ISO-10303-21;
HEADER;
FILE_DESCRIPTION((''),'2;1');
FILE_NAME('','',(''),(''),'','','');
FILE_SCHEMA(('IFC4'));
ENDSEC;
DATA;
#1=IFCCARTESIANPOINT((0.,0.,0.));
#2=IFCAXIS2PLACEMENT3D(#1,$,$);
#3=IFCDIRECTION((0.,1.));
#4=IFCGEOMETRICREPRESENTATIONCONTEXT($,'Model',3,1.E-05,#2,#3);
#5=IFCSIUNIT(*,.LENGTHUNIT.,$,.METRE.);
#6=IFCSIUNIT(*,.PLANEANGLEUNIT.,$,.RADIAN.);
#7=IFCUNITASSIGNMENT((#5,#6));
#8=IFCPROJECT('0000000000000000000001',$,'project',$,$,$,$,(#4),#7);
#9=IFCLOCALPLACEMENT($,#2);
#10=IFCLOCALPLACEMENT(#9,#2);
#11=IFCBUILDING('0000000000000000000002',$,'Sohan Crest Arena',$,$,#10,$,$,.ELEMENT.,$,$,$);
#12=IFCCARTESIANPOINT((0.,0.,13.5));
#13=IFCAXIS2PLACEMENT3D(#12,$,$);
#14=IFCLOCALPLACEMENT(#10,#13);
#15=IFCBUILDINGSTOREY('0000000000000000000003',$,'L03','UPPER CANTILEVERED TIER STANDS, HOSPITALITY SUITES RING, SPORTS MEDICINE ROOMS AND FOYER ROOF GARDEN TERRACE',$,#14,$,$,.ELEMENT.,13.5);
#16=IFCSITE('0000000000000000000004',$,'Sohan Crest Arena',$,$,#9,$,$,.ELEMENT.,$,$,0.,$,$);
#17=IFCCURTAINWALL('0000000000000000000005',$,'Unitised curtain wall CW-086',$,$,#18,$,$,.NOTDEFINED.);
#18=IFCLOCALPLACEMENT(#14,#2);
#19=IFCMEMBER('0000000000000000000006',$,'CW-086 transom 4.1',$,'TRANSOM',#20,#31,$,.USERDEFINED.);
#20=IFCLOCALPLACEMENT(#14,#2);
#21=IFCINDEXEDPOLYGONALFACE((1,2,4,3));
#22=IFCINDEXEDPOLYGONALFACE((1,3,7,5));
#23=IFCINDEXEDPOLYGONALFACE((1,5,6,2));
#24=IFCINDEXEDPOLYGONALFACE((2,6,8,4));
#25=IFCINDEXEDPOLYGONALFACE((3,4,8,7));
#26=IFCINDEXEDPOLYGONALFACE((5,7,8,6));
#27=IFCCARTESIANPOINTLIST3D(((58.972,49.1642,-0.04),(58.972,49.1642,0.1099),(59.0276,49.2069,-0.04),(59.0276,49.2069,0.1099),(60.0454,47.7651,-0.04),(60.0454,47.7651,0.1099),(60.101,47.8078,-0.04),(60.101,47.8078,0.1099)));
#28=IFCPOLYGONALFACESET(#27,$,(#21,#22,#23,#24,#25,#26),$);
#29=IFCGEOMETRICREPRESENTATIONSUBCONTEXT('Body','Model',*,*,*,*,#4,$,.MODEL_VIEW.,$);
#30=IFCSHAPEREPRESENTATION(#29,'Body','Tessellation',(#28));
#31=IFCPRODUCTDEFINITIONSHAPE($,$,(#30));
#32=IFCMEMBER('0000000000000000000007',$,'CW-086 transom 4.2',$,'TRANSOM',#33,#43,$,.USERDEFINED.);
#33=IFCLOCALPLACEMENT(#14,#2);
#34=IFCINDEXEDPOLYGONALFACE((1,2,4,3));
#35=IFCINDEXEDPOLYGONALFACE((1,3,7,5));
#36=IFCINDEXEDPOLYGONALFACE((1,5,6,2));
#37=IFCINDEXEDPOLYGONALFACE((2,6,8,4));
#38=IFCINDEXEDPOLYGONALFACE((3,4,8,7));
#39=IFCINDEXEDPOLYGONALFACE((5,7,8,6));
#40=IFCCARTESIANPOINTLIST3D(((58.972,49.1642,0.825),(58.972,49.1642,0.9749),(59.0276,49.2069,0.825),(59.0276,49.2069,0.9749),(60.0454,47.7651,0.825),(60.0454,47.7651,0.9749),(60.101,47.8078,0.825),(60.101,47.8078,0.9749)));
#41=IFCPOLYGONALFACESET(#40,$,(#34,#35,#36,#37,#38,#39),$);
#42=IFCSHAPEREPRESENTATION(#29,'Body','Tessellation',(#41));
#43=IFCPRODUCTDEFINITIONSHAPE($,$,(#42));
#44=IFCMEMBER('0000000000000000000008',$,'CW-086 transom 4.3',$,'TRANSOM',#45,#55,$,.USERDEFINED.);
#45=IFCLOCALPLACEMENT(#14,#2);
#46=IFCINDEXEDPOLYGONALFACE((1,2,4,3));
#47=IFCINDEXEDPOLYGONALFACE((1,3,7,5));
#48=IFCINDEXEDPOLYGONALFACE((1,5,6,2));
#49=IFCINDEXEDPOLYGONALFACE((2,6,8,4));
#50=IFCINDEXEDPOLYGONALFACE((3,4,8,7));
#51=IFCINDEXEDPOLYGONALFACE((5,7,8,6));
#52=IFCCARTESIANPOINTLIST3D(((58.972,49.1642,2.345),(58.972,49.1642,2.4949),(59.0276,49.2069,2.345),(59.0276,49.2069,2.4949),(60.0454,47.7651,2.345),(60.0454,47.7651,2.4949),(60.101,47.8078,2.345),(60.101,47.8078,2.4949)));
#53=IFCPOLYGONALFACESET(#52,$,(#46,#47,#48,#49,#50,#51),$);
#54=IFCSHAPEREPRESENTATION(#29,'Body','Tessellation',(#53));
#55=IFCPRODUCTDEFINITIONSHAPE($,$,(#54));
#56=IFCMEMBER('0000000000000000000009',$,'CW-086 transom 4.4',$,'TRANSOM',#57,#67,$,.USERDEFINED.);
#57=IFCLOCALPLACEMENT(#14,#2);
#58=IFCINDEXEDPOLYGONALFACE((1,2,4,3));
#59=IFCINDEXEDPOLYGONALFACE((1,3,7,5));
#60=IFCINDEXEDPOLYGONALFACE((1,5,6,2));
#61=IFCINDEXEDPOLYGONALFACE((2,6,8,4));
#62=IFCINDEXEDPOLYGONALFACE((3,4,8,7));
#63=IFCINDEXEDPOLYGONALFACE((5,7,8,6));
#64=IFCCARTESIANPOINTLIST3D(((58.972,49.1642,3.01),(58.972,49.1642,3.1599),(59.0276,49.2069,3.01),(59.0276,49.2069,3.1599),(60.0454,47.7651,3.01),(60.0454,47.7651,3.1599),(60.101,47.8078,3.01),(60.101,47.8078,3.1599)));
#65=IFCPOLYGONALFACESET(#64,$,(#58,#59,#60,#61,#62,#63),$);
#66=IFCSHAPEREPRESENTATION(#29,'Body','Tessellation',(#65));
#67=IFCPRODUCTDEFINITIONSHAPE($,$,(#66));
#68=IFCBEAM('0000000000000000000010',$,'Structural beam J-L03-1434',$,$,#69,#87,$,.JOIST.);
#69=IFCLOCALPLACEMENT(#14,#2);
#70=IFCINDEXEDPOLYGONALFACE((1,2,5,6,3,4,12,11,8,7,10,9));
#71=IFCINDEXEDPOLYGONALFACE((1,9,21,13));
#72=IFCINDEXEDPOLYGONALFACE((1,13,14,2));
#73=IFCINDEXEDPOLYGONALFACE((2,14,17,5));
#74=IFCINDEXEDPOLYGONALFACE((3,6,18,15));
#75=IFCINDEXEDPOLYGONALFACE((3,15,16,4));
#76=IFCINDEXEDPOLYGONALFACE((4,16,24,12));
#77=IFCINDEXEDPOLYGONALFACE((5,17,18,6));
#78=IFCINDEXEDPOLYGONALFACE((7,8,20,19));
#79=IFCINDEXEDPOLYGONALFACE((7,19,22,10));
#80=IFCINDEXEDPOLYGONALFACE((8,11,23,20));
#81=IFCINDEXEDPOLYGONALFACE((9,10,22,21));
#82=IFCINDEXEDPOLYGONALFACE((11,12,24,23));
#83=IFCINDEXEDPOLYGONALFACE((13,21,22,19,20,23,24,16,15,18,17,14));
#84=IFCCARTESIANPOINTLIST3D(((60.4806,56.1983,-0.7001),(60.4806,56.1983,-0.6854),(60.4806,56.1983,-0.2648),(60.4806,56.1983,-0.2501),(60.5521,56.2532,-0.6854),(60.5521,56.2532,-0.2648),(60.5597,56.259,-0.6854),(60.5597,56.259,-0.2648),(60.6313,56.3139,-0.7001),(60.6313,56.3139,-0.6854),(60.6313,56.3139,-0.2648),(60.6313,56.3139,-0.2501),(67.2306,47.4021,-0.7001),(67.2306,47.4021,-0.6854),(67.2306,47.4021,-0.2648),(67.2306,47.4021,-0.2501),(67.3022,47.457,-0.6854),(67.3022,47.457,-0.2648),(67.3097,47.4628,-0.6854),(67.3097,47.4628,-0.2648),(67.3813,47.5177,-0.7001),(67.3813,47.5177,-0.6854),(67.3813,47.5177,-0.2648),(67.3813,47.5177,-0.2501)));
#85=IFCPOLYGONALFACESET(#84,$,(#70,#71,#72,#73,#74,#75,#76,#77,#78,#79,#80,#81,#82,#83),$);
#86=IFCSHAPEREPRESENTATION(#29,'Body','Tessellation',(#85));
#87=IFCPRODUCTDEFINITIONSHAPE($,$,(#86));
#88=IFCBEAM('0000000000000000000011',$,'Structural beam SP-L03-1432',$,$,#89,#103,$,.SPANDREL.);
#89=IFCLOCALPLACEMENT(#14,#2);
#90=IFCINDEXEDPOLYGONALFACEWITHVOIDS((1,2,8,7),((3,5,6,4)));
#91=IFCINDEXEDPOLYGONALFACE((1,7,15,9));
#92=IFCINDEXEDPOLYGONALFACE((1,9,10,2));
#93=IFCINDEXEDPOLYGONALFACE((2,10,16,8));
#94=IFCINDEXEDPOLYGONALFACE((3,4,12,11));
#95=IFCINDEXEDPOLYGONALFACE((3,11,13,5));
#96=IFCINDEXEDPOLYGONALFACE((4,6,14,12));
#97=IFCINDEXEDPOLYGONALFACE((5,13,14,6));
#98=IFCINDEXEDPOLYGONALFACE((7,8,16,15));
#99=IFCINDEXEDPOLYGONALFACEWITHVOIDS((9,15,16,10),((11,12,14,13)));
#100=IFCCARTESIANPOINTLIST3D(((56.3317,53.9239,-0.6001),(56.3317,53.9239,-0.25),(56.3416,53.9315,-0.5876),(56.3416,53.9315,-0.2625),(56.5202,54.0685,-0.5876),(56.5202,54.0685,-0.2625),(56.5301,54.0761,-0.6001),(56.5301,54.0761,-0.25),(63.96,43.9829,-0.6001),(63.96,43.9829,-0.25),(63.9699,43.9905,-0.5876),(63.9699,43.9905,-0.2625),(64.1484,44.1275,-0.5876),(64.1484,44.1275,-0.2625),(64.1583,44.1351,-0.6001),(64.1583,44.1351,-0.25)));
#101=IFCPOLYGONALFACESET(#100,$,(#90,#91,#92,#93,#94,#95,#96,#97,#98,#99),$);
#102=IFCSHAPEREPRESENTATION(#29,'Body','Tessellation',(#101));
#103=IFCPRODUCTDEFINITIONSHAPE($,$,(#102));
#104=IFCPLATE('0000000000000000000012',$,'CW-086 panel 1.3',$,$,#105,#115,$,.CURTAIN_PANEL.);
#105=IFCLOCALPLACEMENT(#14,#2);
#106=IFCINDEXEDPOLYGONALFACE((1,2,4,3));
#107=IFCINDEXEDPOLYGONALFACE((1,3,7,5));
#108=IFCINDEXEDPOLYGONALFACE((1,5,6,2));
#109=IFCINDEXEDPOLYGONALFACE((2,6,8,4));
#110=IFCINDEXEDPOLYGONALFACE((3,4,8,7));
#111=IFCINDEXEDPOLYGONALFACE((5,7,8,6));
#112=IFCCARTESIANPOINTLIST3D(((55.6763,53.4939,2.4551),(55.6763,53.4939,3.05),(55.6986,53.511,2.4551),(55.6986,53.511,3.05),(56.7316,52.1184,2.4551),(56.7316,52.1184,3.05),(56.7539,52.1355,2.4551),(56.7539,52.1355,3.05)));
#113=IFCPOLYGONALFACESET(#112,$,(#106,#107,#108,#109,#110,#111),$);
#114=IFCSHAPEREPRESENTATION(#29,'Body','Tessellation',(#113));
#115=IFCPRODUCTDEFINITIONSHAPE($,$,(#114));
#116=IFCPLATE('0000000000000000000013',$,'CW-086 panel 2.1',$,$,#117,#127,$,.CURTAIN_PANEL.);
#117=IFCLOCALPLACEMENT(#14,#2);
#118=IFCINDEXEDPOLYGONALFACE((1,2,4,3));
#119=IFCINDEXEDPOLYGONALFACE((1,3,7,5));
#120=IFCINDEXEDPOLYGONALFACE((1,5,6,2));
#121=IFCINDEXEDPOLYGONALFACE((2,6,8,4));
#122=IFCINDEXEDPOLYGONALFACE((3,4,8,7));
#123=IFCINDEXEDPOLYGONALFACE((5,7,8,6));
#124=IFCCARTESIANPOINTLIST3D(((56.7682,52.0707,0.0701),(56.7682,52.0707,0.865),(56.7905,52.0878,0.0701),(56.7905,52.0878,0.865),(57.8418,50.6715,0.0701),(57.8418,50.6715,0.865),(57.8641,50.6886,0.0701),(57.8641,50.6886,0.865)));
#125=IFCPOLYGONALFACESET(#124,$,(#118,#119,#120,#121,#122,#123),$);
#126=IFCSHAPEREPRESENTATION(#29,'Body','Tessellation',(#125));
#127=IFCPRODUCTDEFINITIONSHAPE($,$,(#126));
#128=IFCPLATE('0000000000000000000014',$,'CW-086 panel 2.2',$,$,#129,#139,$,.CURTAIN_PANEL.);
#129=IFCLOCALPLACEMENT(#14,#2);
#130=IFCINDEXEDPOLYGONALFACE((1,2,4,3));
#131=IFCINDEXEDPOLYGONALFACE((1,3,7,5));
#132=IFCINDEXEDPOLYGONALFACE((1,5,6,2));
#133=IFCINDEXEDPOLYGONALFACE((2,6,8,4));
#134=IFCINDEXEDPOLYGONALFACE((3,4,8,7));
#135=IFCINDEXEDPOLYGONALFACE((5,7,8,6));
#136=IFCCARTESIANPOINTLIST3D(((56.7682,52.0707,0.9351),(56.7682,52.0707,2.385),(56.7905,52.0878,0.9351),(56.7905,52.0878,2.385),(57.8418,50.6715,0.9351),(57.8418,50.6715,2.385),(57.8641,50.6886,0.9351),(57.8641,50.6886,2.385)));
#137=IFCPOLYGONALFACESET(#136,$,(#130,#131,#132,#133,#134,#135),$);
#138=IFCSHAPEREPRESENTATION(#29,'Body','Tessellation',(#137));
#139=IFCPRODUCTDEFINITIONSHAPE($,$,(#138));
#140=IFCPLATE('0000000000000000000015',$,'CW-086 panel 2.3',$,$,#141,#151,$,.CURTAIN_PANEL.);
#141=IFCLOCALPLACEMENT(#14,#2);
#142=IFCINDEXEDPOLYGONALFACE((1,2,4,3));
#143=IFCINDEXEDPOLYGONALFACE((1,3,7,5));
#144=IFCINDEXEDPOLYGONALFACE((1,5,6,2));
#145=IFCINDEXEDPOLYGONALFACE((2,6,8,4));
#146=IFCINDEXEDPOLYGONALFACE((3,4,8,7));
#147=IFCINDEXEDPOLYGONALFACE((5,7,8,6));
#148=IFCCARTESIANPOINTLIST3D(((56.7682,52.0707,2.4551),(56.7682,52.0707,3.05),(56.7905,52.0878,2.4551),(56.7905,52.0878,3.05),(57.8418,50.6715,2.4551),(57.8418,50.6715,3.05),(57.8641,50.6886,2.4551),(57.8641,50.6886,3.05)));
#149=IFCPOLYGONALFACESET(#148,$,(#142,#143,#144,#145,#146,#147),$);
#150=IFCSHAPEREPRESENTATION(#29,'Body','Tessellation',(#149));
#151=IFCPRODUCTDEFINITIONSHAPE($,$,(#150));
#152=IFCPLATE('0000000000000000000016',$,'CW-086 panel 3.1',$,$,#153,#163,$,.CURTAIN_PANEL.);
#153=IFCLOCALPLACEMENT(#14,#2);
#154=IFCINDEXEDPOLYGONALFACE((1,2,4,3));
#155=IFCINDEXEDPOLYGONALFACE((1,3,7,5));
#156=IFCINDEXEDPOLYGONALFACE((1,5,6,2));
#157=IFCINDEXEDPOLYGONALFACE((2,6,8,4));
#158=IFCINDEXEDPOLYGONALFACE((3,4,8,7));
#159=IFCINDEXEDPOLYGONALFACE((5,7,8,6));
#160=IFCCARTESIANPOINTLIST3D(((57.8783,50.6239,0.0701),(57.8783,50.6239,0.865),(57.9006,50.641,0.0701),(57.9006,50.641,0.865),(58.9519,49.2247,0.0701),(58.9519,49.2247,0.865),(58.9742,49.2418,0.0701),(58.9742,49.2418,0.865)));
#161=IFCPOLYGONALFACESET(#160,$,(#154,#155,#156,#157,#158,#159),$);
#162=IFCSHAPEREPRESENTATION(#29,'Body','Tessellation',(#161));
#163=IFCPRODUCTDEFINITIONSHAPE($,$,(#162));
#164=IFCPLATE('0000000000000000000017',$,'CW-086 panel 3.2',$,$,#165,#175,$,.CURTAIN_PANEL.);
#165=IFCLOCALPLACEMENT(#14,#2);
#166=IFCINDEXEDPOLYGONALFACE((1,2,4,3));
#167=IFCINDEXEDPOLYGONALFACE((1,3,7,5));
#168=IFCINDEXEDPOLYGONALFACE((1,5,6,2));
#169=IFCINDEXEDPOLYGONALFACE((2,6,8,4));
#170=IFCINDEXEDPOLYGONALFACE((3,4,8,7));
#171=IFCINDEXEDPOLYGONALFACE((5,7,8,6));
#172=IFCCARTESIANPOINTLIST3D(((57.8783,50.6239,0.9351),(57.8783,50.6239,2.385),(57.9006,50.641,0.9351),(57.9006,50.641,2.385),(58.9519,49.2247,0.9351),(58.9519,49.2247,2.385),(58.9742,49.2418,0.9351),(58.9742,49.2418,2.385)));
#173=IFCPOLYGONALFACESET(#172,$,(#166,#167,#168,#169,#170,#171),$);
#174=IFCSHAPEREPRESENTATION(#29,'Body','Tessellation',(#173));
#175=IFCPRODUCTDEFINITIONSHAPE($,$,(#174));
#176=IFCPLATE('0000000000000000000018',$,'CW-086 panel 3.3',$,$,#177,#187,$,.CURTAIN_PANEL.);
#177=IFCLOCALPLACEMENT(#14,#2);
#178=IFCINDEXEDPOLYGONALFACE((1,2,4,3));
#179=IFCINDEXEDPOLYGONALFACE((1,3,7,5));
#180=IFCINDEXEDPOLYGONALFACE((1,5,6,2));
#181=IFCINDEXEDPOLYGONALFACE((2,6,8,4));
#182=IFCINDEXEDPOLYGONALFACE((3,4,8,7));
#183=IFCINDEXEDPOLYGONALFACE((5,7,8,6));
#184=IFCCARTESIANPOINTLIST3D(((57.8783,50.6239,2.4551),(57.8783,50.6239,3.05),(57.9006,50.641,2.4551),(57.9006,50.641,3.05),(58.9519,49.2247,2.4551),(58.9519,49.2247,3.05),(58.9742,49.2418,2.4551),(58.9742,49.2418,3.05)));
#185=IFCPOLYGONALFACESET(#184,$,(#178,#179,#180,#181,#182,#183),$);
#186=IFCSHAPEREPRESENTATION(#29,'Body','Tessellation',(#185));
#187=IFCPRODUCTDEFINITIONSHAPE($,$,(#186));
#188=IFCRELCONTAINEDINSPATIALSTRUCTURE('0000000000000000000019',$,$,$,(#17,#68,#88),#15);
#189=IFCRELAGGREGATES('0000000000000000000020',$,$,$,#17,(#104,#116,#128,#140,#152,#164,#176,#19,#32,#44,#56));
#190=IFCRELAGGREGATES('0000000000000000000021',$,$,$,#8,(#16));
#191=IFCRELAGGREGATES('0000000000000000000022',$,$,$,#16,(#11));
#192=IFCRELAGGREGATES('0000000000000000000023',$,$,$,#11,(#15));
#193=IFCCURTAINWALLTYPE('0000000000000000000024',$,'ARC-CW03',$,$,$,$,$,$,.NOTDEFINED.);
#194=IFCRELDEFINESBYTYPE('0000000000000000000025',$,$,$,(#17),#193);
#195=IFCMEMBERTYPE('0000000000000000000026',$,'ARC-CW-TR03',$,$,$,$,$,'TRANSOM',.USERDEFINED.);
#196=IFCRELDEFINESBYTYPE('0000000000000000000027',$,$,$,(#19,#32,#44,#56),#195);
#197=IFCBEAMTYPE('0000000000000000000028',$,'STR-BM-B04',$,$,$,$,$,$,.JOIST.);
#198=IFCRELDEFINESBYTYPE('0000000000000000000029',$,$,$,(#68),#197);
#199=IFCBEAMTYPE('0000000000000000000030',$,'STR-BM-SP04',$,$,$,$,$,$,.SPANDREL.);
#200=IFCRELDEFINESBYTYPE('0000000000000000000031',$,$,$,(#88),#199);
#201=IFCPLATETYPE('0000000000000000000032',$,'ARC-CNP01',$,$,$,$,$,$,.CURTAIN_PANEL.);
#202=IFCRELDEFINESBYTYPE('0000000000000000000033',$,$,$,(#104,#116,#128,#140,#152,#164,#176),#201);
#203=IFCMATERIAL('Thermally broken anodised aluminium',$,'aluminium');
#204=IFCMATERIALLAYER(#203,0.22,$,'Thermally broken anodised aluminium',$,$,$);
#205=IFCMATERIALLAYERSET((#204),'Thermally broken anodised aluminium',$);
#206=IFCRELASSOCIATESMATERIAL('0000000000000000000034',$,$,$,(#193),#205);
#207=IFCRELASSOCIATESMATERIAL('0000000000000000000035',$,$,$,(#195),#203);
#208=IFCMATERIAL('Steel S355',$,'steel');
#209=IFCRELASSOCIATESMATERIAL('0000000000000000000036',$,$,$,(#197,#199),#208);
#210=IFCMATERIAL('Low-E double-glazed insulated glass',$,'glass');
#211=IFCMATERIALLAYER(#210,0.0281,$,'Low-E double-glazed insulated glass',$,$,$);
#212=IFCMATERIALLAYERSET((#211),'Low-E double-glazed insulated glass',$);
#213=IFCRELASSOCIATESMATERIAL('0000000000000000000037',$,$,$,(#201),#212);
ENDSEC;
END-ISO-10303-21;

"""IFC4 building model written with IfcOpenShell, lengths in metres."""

from ifc_helpers import new_model, si_unit, direction, frame, origin, origin_2d, place, context, subcontext, project, spatial, rectangle, hollow_rectangle, i_section, extrude, material, layer, layer_set, material_profile, profile_set, type_object, element, aggregate, save


model = new_model("IFC4")

# Units and contexts
model_context = context("Model", 3, precision=1e-05, world=origin(), true_north=direction((0.0, 1.0)))
body_context = subcontext(model_context, "Body", "Model", "MODEL_VIEW")
ifc_project = project(units=[si_unit("LENGTHUNIT", "METRE"), si_unit("PLANEANGLEUNIT", "RADIAN")], contexts=[model_context])

# Site, building, storey
site_placement = place(None, origin())
site = spatial("IfcSite", under=ifc_project, at=site_placement, Name="Sohan Crest Arena", CompositionType="ELEMENT", RefElevation=0.0)
building_placement = place(site_placement, origin())
building = spatial("IfcBuilding", under=site, at=building_placement, Name="Sohan Crest Arena", CompositionType="ELEMENT")
storey_placement = place(building_placement, frame((0.0, 0.0, 13.5)))
storey = spatial("IfcBuildingStorey", under=building, at=storey_placement, Name="L03", Description="UPPER CANTILEVERED TIER STANDS, HOSPITALITY SUITES RING, SPORTS MEDICINE ROOMS AND FOYER ROOF GARDEN TERRACE", CompositionType="ELEMENT", Elevation=13.5)

# Shared definitions
ifc_material_1 = material(Name="Steel S355", Category="steel")

# Curtain wall, members
ifc_material_2 = material(Name="Thermally broken anodised aluminium", Category="aluminium")
ifc_layer_1 = layer(ifc_material_2, 0.22, Name="Thermally broken anodised aluminium")
ifc_layer_set_1 = layer_set([ifc_layer_1], Name="Thermally broken anodised aluminium")
curtain_wall_type = type_object("IfcCurtainWallType", Name="ARC-CW03", PredefinedType="NOTDEFINED", material=ifc_layer_set_1)
curtain_wall_placement = place(storey_placement, origin())
curtain_wall = element("IfcCurtainWall", 1, at=curtain_wall_placement, inside=storey, type_object=curtain_wall_type, Name="Unitised curtain wall CW-086", PredefinedType="NOTDEFINED")
ifc_material_profile_1 = material_profile(ifc_material_2, rectangle(XDim=0.0701, YDim=0.1499, at=origin_2d()), Name="ALU-TRAN 70x150")
ifc_profile_set_1 = profile_set([ifc_material_profile_1], Name="Thermally broken anodised aluminium")
member_type_1 = type_object("IfcMemberType", Name="ARC-CW-TR03", ElementType="TRANSOM", PredefinedType="USERDEFINED", material=ifc_profile_set_1)
member_1_placement = place(storey_placement, frame((58.9998, 49.1855, 0.0349), z_axis=(0.608713, -0.79339, 0.0), x_axis=(0.79339, 0.608713, 0.0)))
member_1 = element("IfcMember", 2, at=member_1_placement, type_object=member_type_1, Name="CW-086 transom 4.1", ObjectType="TRANSOM", PredefinedType="USERDEFINED", context=body_context, shape_type="SweptSolid", body=[
    extrude(rectangle(XDim=0.0701, YDim=0.1499, at=origin_2d()), origin(), (0.0, 0.0, 1.0), 1.7634),
])
member_2_placement = place(storey_placement, frame((58.9998, 49.1855, 0.8999), z_axis=(0.608713, -0.79339, 0.0), x_axis=(0.79339, 0.608713, 0.0)))
member_2 = element("IfcMember", 3, at=member_2_placement, type_object=member_type_1, Name="CW-086 transom 4.2", ObjectType="TRANSOM", PredefinedType="USERDEFINED", context=body_context, shape_type="SweptSolid", body=[
    extrude(rectangle(XDim=0.0701, YDim=0.1499, at=origin_2d()), origin(), (0.0, 0.0, 1.0), 1.7634),
])
member_3_placement = place(storey_placement, frame((58.9998, 49.1855, 2.4199), z_axis=(0.608713, -0.79339, 0.0), x_axis=(0.79339, 0.608713, 0.0)))
member_3 = element("IfcMember", 4, at=member_3_placement, type_object=member_type_1, Name="CW-086 transom 4.3", ObjectType="TRANSOM", PredefinedType="USERDEFINED", context=body_context, shape_type="SweptSolid", body=[
    extrude(rectangle(XDim=0.0701, YDim=0.1499, at=origin_2d()), origin(), (0.0, 0.0, 1.0), 1.7634),
])
member_4_placement = place(storey_placement, frame((58.9998, 49.1855, 3.085), z_axis=(0.608713, -0.79339, 0.0), x_axis=(0.79339, 0.608713, 0.0)))
member_4 = element("IfcMember", 5, at=member_4_placement, type_object=member_type_1, Name="CW-086 transom 4.4", ObjectType="TRANSOM", PredefinedType="USERDEFINED", context=body_context, shape_type="SweptSolid", body=[
    extrude(rectangle(XDim=0.0701, YDim=0.1499, at=origin_2d()), origin(), (0.0, 0.0, 1.0), 1.7634),
])

# Beams
ifc_material_profile_2 = material_profile(ifc_material_1, i_section(OverallWidth=0.1899, OverallDepth=0.45, WebThickness=0.0095, FlangeThickness=0.0146, at=origin_2d()), Name="IPE 450")
ifc_profile_set_2 = profile_set([ifc_material_profile_2], Name="Steel S355")
beam_type_1 = type_object("IfcBeamType", Name="STR-BM-B04", PredefinedType="JOIST", material=ifc_profile_set_2)
beam_1_placement = place(storey_placement, frame((60.5559, 56.2561, -0.4751), z_axis=(0.608789, -0.793332, 0.0), x_axis=(0.793332, 0.608789, 0.0)))
element("IfcBeam", 6, at=beam_1_placement, inside=storey, type_object=beam_type_1, Name="Structural beam J-L03-1434", PredefinedType="JOIST", context=body_context, shape_type="SweptSolid", body=[
    extrude(i_section(OverallWidth=0.1899, OverallDepth=0.45, WebThickness=0.0095, FlangeThickness=0.0146, at=origin_2d()), origin(), (0.0, 0.0, 1.0), 11.0876),
])
ifc_material_profile_3 = material_profile(ifc_material_1, hollow_rectangle(XDim=0.25, YDim=0.3501, WallThickness=0.0125, at=origin_2d()), Name="RHS 350x250x12.5")
ifc_profile_set_3 = profile_set([ifc_material_profile_3], Name="Steel S355")
beam_type_2 = type_object("IfcBeamType", Name="STR-BM-SP04", PredefinedType="SPANDREL", material=ifc_profile_set_3)
beam_2_placement = place(storey_placement, frame((56.4309, 54.0, -0.425), z_axis=(0.608773, -0.793344, 0.0), x_axis=(0.793344, 0.608773, 0.0)))
element("IfcBeam", 7, at=beam_2_placement, inside=storey, type_object=beam_type_2, Name="Structural beam SP-L03-1432", PredefinedType="SPANDREL", context=body_context, shape_type="SweptSolid", body=[
    extrude(hollow_rectangle(XDim=0.25, YDim=0.3501, WallThickness=0.0125, at=origin_2d()), origin(), (0.0, 0.0, 1.0), 12.5305),
])

# Plates
ifc_material_3 = material(Name="Low-E double-glazed insulated glass", Category="glass")
ifc_layer_2 = layer(ifc_material_3, 0.0281, Name="Low-E double-glazed insulated glass")
ifc_layer_set_2 = layer_set([ifc_layer_2], Name="Low-E double-glazed insulated glass")
plate_type = type_object("IfcPlateType", Name="ARC-CNP01", PredefinedType="CURTAIN_PANEL", material=ifc_layer_set_2)
plate_1_placement = place(storey_placement, frame((56.2151, 52.8147, 2.4551), z_axis=(0.0, 0.0, 1.0), x_axis=(0.608737, -0.793372, 0.0)))
plate_1 = element("IfcPlate", 8, at=plate_1_placement, type_object=plate_type, Name="CW-086 panel 1.3", PredefinedType="CURTAIN_PANEL", context=body_context, shape_type="SweptSolid", body=[
    extrude(rectangle(XDim=1.7336, YDim=0.0281, at=origin_2d()), origin(), (0.0, 0.0, 1.0), 0.595),
])
plate_2_placement = place(storey_placement, frame((57.3162, 51.3796, 0.0701), z_axis=(0.0, 0.0, 1.0), x_axis=(0.608737, -0.793372, 0.0)))
plate_2 = element("IfcPlate", 9, at=plate_2_placement, type_object=plate_type, Name="CW-086 panel 2.1", PredefinedType="CURTAIN_PANEL", context=body_context, shape_type="SweptSolid", body=[
    extrude(rectangle(XDim=1.7637, YDim=0.0281, at=origin_2d()), origin(), (0.0, 0.0, 1.0), 0.7949),
])
plate_3_placement = place(storey_placement, frame((57.3162, 51.3796, 0.9351), z_axis=(0.0, 0.0, 1.0), x_axis=(0.608737, -0.793372, 0.0)))
plate_3 = element("IfcPlate", 10, at=plate_3_placement, type_object=plate_type, Name="CW-086 panel 2.2", PredefinedType="CURTAIN_PANEL", context=body_context, shape_type="SweptSolid", body=[
    extrude(rectangle(XDim=1.7637, YDim=0.0281, at=origin_2d()), origin(), (0.0, 0.0, 1.0), 1.45),
])
plate_4_placement = place(storey_placement, frame((57.3162, 51.3796, 2.4551), z_axis=(0.0, 0.0, 1.0), x_axis=(0.608737, -0.793372, 0.0)))
plate_4 = element("IfcPlate", 11, at=plate_4_placement, type_object=plate_type, Name="CW-086 panel 2.3", PredefinedType="CURTAIN_PANEL", context=body_context, shape_type="SweptSolid", body=[
    extrude(rectangle(XDim=1.7637, YDim=0.0281, at=origin_2d()), origin(), (0.0, 0.0, 1.0), 0.595),
])
plate_5_placement = place(storey_placement, frame((58.4263, 49.9329, 0.0701), z_axis=(0.0, 0.0, 1.0), x_axis=(0.608737, -0.793372, 0.0)))
plate_5 = element("IfcPlate", 12, at=plate_5_placement, type_object=plate_type, Name="CW-086 panel 3.1", PredefinedType="CURTAIN_PANEL", context=body_context, shape_type="SweptSolid", body=[
    extrude(rectangle(XDim=1.7637, YDim=0.0281, at=origin_2d()), origin(), (0.0, 0.0, 1.0), 0.7949),
])
plate_6_placement = place(storey_placement, frame((58.4263, 49.9329, 0.9351), z_axis=(0.0, 0.0, 1.0), x_axis=(0.608737, -0.793372, 0.0)))
plate_6 = element("IfcPlate", 13, at=plate_6_placement, type_object=plate_type, Name="CW-086 panel 3.2", PredefinedType="CURTAIN_PANEL", context=body_context, shape_type="SweptSolid", body=[
    extrude(rectangle(XDim=1.7637, YDim=0.0281, at=origin_2d()), origin(), (0.0, 0.0, 1.0), 1.45),
])
plate_7_placement = place(storey_placement, frame((58.4263, 49.9329, 2.4551), z_axis=(0.0, 0.0, 1.0), x_axis=(0.608737, -0.793372, 0.0)))
plate_7 = element("IfcPlate", 14, at=plate_7_placement, type_object=plate_type, Name="CW-086 panel 3.3", PredefinedType="CURTAIN_PANEL", context=body_context, shape_type="SweptSolid", body=[
    extrude(rectangle(XDim=1.7637, YDim=0.0281, at=origin_2d()), origin(), (0.0, 0.0, 1.0), 0.595),
])
aggregate(curtain_wall, [plate_1, plate_2, plate_3, plate_4, plate_5, plate_6, plate_7, member_1, member_2, member_3, member_4])

save(model, "model.ifc")
